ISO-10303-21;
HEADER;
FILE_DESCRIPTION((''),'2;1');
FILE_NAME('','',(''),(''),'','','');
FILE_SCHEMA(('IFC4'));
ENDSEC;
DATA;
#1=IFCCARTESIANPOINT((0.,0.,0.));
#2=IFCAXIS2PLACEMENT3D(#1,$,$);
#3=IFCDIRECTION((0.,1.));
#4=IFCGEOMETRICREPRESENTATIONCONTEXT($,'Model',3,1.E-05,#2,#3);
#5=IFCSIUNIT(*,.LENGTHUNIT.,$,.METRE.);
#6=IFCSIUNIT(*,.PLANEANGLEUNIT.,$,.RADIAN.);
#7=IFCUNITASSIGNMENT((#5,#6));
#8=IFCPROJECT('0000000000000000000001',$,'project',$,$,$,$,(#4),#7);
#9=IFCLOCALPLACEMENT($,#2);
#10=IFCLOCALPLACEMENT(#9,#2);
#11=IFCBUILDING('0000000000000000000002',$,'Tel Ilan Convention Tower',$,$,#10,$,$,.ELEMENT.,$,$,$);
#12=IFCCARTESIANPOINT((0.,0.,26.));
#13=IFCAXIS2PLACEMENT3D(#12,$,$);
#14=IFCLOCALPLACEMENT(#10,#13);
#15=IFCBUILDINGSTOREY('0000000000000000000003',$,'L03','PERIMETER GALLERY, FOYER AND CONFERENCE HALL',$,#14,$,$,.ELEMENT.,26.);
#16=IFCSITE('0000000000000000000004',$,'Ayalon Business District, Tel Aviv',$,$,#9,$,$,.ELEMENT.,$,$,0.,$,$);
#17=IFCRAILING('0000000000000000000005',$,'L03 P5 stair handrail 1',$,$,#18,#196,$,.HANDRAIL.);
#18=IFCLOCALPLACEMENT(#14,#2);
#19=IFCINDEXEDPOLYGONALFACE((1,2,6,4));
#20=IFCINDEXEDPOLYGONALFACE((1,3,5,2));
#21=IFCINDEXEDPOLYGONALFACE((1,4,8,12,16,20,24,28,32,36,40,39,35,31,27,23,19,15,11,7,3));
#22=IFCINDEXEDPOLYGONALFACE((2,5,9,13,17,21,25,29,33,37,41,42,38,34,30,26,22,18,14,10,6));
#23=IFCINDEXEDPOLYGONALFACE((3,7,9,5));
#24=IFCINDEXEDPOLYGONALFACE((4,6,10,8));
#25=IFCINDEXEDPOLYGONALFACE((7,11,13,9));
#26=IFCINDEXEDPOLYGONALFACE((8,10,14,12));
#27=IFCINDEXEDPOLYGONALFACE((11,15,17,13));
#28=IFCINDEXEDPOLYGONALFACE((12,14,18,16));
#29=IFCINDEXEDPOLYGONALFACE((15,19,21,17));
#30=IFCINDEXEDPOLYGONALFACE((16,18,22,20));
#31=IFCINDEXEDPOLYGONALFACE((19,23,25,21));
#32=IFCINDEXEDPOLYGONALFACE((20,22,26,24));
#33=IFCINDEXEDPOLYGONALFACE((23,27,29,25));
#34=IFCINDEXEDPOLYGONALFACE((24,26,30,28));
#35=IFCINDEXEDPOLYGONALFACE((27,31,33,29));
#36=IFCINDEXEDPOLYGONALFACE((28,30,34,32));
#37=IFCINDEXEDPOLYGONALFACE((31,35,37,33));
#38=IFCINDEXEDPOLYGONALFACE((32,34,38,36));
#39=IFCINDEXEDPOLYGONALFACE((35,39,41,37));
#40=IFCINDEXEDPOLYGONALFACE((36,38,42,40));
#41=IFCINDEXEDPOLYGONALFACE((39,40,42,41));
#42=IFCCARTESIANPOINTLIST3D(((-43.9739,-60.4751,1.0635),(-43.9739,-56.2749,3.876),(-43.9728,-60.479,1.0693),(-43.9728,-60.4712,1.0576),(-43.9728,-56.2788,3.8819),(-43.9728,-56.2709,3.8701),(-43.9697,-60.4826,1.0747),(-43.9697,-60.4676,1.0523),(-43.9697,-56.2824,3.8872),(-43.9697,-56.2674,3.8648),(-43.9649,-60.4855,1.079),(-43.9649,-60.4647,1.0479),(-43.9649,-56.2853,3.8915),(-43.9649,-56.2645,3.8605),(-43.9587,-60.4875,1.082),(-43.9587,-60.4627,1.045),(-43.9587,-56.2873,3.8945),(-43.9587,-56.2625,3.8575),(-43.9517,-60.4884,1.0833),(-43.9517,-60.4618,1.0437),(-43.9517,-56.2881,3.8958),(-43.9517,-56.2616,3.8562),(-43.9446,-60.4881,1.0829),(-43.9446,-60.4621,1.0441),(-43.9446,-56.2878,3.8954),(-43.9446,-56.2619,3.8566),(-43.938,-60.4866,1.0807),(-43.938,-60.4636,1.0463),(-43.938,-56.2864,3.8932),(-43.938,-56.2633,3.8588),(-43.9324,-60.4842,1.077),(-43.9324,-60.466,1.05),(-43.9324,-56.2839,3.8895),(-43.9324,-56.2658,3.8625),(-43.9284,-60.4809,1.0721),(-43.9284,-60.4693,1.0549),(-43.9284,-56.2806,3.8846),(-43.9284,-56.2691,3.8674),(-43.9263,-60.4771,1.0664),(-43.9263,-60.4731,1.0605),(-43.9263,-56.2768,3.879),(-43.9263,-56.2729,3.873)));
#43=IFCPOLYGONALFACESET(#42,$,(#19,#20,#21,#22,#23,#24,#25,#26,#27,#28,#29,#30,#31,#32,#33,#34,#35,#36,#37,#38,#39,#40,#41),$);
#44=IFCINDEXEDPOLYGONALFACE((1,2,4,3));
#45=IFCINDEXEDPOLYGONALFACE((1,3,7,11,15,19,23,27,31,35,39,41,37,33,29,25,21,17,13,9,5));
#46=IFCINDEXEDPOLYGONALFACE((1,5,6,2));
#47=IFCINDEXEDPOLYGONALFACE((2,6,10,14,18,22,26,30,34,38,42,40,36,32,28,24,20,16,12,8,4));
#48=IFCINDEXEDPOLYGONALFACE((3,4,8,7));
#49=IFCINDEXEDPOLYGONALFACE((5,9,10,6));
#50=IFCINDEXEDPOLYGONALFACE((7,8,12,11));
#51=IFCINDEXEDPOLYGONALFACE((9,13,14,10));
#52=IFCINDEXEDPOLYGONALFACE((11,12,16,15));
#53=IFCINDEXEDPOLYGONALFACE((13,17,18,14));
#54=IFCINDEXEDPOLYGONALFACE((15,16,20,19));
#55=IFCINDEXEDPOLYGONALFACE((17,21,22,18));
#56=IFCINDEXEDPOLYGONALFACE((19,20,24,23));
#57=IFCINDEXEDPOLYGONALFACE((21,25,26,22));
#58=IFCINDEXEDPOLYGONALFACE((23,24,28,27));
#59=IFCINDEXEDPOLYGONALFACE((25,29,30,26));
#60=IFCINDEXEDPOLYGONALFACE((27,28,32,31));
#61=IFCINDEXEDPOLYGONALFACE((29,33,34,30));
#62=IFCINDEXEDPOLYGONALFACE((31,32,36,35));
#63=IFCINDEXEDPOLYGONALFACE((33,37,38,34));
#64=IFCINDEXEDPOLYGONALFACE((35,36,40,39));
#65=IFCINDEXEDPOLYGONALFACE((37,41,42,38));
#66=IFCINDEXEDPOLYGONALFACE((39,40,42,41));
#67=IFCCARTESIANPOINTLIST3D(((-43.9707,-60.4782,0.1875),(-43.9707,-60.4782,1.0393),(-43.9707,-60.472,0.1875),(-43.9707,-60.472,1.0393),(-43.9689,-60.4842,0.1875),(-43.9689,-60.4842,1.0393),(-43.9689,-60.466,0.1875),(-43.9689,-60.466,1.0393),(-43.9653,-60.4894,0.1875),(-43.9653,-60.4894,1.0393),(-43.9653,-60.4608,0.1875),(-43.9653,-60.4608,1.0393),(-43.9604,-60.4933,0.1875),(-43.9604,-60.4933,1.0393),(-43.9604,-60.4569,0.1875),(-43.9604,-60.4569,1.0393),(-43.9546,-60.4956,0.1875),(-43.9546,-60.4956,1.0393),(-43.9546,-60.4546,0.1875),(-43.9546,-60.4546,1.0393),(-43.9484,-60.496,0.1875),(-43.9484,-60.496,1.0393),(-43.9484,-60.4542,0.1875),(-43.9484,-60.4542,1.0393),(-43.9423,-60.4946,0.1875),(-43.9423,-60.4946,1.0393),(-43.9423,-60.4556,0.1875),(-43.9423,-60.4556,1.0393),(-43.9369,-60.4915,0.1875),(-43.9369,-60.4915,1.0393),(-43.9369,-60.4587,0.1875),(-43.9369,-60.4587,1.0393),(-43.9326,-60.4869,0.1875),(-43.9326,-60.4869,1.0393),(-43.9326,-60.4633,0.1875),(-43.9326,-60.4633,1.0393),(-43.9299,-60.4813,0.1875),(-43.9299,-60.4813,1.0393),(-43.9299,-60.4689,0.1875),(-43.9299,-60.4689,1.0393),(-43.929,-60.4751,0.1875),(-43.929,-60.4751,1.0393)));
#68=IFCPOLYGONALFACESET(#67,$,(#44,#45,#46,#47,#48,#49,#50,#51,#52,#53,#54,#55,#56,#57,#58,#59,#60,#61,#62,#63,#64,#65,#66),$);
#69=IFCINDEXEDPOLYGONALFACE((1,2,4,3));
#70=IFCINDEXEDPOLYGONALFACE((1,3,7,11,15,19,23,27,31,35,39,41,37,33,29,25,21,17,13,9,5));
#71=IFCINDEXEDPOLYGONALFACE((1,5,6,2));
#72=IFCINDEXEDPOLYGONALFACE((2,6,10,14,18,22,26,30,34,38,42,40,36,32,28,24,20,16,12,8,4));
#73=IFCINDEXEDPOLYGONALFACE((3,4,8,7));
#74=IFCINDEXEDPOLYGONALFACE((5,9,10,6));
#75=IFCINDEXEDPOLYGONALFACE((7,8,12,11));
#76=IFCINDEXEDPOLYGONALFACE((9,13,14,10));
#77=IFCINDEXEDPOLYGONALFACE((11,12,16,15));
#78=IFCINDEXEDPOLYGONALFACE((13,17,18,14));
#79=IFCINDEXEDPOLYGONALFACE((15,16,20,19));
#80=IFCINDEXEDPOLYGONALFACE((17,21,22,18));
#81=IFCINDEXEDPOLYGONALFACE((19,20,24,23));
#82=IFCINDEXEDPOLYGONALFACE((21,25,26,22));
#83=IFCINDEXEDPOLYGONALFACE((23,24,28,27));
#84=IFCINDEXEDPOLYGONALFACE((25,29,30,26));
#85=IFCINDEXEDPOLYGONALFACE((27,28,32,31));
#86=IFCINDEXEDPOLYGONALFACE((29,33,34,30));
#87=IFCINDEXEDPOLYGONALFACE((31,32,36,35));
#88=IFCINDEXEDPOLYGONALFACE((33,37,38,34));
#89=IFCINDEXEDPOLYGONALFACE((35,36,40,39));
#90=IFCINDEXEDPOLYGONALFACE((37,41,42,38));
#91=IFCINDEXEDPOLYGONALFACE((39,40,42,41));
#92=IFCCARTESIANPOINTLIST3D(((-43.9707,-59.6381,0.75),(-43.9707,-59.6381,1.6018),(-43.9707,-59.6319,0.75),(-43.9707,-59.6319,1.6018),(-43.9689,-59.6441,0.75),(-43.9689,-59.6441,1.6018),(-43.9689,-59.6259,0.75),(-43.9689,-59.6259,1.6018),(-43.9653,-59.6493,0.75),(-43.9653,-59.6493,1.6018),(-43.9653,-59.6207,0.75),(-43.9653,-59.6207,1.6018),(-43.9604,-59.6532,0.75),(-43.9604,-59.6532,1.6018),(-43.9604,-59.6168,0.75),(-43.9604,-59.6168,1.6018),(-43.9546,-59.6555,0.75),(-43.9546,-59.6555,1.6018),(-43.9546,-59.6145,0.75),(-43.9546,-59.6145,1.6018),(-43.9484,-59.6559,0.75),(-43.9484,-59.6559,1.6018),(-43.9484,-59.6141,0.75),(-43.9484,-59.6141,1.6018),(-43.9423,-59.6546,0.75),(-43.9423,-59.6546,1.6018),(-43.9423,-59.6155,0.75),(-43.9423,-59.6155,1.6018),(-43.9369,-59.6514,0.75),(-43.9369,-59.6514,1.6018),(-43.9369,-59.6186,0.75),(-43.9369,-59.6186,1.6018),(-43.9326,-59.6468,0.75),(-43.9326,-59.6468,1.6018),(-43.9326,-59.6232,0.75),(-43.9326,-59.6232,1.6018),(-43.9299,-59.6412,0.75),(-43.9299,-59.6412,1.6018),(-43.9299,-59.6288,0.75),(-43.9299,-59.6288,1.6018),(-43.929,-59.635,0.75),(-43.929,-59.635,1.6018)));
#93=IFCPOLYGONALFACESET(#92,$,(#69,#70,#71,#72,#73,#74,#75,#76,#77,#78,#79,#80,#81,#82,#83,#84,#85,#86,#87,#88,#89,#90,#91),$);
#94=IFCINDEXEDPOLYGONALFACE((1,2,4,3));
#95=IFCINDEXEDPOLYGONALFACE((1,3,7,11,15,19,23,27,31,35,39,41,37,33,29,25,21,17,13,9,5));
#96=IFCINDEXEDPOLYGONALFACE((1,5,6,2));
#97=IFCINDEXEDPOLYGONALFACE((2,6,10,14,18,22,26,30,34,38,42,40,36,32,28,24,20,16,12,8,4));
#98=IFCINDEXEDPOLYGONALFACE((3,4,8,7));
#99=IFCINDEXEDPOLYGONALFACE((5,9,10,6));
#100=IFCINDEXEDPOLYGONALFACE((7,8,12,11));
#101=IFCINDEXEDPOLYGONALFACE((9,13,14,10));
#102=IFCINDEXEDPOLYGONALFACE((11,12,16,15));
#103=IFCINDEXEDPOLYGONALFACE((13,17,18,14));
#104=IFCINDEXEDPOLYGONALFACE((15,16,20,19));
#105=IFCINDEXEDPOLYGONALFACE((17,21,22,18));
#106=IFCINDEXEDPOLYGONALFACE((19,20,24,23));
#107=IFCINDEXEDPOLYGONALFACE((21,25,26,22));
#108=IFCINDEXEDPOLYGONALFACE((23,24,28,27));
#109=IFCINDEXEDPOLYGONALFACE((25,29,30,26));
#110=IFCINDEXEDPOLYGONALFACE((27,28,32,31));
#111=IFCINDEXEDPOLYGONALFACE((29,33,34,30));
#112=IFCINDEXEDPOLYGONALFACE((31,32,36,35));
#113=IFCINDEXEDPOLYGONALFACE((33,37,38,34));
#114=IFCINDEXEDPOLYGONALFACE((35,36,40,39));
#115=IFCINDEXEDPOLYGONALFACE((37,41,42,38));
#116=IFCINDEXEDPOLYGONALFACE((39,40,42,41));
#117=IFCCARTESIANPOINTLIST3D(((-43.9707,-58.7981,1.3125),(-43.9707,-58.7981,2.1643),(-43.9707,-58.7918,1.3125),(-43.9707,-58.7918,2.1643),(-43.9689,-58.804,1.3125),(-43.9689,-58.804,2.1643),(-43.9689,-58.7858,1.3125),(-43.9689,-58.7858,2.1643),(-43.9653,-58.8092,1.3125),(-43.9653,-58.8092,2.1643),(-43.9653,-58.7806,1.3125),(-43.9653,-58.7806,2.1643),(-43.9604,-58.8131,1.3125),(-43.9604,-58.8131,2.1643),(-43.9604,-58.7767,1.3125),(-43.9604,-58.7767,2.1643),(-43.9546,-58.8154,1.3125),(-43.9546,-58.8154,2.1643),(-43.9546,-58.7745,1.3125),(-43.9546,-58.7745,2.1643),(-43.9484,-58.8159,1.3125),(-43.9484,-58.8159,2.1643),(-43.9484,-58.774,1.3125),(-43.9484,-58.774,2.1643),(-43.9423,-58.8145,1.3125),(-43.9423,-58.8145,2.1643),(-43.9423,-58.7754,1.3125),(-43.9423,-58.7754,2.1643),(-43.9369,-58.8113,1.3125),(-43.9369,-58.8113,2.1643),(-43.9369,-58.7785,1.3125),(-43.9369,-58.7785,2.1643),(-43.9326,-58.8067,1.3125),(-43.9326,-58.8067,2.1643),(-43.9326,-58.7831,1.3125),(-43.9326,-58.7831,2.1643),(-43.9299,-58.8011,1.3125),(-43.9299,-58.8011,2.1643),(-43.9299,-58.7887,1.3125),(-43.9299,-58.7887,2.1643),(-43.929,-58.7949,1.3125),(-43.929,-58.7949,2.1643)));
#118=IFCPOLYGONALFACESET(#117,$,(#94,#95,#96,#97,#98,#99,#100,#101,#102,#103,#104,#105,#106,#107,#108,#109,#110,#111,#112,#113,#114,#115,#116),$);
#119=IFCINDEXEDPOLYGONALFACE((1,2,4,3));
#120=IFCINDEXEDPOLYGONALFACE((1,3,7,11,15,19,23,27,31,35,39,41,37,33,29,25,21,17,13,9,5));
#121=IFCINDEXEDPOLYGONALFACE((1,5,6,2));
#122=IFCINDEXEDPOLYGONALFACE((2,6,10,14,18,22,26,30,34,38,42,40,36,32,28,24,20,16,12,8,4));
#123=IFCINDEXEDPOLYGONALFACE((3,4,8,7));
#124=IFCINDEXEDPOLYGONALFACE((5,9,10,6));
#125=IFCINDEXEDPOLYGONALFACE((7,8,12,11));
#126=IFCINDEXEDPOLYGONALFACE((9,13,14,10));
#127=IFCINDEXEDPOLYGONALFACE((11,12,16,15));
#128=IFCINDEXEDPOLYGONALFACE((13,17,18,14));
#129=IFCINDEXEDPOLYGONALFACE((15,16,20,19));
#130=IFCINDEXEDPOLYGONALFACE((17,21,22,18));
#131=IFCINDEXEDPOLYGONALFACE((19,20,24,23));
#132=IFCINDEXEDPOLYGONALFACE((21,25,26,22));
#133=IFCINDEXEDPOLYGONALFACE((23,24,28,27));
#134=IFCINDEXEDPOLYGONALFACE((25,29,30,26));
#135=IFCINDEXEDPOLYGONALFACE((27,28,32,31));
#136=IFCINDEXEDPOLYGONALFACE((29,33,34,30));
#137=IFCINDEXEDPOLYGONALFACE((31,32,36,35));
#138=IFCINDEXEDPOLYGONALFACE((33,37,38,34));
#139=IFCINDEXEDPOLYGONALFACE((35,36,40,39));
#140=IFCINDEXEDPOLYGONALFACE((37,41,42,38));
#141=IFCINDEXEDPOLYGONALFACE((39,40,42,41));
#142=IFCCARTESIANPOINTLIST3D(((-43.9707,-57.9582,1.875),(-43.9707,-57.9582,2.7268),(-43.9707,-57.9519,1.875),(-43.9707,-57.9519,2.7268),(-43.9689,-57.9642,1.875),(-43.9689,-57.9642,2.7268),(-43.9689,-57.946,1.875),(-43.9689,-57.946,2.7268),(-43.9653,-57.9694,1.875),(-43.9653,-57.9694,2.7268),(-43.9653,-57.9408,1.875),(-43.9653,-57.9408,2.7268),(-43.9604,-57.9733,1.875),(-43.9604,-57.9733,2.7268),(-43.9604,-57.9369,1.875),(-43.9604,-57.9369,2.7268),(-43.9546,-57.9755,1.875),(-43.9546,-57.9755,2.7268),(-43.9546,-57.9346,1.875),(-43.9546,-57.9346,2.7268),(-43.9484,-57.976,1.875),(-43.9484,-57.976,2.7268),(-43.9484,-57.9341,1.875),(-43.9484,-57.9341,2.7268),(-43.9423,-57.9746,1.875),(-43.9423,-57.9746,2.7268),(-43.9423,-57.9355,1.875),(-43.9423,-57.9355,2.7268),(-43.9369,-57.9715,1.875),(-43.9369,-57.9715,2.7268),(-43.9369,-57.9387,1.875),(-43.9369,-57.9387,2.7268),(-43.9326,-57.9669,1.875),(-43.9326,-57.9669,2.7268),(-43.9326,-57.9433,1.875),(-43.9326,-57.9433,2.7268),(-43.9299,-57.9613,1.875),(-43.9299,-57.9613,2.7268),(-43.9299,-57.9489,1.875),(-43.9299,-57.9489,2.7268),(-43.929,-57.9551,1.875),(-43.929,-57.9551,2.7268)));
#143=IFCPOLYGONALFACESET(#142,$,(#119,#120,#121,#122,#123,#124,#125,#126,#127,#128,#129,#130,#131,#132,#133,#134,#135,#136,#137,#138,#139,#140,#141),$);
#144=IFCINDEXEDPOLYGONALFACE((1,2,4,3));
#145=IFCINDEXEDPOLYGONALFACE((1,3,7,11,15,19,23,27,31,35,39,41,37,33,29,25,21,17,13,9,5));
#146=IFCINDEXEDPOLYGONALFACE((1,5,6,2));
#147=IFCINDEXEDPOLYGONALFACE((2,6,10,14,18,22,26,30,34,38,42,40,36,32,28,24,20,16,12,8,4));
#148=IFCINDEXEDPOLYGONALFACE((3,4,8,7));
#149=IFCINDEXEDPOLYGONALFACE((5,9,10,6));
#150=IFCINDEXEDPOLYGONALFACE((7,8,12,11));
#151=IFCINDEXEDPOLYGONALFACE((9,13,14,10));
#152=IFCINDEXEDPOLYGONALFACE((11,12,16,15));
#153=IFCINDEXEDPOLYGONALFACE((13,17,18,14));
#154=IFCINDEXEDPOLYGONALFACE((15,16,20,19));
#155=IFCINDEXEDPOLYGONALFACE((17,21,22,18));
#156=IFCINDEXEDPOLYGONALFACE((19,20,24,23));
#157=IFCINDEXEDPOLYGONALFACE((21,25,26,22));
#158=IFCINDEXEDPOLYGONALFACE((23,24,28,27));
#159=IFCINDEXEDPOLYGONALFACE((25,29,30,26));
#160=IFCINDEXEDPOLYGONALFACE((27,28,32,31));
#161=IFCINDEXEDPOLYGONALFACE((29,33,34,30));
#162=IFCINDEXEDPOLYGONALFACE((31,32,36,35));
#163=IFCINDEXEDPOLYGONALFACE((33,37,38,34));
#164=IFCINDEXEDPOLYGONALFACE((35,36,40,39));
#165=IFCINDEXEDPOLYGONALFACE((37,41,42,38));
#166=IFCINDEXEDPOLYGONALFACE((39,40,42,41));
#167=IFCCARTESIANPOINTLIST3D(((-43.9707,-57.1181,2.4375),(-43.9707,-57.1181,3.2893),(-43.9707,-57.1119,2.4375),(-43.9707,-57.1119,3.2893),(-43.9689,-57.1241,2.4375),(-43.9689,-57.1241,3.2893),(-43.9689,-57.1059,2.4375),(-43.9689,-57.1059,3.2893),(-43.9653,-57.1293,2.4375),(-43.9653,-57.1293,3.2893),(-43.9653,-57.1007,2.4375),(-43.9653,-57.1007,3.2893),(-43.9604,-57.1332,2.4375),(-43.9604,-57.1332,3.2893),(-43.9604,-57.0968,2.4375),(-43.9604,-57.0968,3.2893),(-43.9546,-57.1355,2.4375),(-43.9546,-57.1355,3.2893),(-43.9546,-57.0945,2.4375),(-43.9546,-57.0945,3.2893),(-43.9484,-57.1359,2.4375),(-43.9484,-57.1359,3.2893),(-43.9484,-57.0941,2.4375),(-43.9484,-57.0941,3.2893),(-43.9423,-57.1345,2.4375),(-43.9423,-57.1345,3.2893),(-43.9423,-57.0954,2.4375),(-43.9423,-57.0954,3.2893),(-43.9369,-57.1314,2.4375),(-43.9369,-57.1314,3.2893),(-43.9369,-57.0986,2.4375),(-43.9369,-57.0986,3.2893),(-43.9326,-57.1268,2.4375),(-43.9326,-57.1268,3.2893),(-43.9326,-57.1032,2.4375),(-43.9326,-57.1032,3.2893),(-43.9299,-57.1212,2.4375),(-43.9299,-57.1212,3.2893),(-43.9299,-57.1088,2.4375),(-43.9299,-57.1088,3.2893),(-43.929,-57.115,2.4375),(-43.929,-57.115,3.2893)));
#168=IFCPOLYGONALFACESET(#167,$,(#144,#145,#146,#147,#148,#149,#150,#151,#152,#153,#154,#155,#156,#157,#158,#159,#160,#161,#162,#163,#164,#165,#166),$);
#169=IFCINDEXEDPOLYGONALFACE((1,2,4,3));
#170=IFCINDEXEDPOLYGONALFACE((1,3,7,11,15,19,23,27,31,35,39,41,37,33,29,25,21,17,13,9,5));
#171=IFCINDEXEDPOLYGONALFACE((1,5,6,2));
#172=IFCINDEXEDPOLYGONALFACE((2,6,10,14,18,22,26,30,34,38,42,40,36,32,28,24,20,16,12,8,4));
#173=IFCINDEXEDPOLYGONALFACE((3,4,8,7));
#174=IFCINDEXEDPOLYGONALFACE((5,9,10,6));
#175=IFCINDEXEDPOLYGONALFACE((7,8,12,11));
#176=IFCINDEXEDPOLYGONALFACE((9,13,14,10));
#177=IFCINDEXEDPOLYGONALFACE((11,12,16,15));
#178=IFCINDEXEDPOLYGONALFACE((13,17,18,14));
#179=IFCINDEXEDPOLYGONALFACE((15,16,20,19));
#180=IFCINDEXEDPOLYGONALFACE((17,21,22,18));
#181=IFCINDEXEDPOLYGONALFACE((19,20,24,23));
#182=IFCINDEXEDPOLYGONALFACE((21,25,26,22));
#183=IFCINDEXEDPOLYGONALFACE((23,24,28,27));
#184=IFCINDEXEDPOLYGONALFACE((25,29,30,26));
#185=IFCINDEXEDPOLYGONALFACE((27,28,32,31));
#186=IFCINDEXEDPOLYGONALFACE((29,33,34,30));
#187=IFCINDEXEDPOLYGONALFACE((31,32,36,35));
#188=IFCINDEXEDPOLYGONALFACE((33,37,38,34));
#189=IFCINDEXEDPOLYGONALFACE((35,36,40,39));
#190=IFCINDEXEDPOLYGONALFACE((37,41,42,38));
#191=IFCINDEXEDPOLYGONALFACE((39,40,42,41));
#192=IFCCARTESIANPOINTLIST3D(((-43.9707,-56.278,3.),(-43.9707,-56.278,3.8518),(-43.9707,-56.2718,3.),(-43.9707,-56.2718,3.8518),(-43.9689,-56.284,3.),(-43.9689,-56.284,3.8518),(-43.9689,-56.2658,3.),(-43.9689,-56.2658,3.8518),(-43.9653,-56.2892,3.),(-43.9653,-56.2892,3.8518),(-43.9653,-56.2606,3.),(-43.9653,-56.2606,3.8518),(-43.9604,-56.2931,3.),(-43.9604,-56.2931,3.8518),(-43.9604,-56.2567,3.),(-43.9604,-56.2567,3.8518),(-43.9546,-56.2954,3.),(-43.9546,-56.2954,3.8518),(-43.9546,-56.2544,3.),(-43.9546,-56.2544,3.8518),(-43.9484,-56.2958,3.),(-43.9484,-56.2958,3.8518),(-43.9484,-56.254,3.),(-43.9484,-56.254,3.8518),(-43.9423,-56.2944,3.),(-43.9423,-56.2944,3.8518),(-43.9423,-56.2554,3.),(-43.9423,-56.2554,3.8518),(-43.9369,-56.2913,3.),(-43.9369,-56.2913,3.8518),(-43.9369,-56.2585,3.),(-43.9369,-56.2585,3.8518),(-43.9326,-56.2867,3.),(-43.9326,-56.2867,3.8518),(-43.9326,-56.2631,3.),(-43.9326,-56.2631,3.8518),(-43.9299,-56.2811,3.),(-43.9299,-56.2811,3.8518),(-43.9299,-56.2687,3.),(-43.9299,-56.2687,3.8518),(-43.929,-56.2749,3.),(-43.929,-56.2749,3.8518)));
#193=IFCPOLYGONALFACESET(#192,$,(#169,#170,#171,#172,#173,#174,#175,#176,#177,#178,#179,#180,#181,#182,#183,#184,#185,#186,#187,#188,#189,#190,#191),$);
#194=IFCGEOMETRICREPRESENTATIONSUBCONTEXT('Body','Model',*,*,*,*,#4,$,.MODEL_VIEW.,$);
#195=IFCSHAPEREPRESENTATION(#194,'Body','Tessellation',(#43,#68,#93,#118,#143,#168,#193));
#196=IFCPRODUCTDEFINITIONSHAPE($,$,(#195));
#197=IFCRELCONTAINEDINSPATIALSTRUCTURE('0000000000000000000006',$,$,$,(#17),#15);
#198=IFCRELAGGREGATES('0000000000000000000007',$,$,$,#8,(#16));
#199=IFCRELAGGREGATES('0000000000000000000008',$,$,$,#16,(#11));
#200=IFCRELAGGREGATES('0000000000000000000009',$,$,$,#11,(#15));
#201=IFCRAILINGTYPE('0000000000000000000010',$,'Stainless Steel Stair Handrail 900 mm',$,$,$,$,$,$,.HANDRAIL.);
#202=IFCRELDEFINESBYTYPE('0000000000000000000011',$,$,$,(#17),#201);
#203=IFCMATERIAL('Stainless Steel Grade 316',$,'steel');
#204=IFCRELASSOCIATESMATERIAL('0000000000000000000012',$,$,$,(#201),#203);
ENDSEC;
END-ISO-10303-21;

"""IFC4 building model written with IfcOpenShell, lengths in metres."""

from ifc_helpers import new_model, si_unit, direction, frame, origin, origin_2d, place, context, subcontext, project, spatial, circle, extrude, material, type_object, element, save


model = new_model("IFC4")

# Units and contexts
model_context = context("Model", 3, precision=1e-05, world=origin(), true_north=direction((0.0, 1.0)))
body_context = subcontext(model_context, "Body", "Model", "MODEL_VIEW")
ifc_project = project(units=[si_unit("LENGTHUNIT", "METRE"), si_unit("PLANEANGLEUNIT", "RADIAN")], contexts=[model_context])

# Site, building, storey
site_placement = place(None, origin())
site = spatial("IfcSite", under=ifc_project, at=site_placement, Name="Ayalon Business District, Tel Aviv", CompositionType="ELEMENT", RefElevation=0.0)
building_placement = place(site_placement, origin())
building = spatial("IfcBuilding", under=site, at=building_placement, Name="Tel Ilan Convention Tower", CompositionType="ELEMENT")
storey_placement = place(building_placement, frame((0.0, 0.0, 26.0)))
storey = spatial("IfcBuildingStorey", under=building, at=storey_placement, Name="L03", Description="PERIMETER GALLERY, FOYER AND CONFERENCE HALL", CompositionType="ELEMENT", Elevation=26.0)

# Railing
ifc_material_1 = material(Name="Stainless Steel Grade 316", Category="steel")
railing_type_1 = type_object("IfcRailingType", Name="Stainless Steel Stair Handrail 900 mm", PredefinedType="HANDRAIL", material=ifc_material_1)
railing_1_placement = place(storey_placement, frame((-43.95, -60.4751, 0.1875)))
element("IfcRailing", 1, at=railing_1_placement, inside=storey, type_object=railing_type_1, Name="L03 P5 stair handrail 1", PredefinedType="HANDRAIL", context=body_context, shape_type="SweptSolid", body=[
    extrude(circle(Radius=0.0239, at=origin_2d()), frame((0.0, 0.0, 0.876), z_axis=(0.0, 0.830919, 0.556393), x_axis=(-1.0, 0.0, 0.0)), (0.0, 0.0, 1.0), 5.0549),
    extrude(circle(Radius=0.021, at=origin_2d()), origin(), (0.0, 0.0, 1.0), 0.8518),
    extrude(circle(Radius=0.021, at=origin_2d()), frame((0.0, 0.8401, 0.5625)), (0.0, 0.0, 1.0), 0.8518),
    extrude(circle(Radius=0.021, at=origin_2d()), frame((0.0, 1.6802, 1.125)), (0.0, 0.0, 1.0), 0.8518),
    extrude(circle(Radius=0.021, at=origin_2d()), frame((0.0, 2.52, 1.6875)), (0.0, 0.0, 1.0), 0.8518),
    extrude(circle(Radius=0.021, at=origin_2d()), frame((0.0, 3.3601, 2.25)), (0.0, 0.0, 1.0), 0.8518),
    extrude(circle(Radius=0.021, at=origin_2d()), frame((0.0, 4.2002, 2.8125)), (0.0, 0.0, 1.0), 0.8518),
])

save(model, "model.ifc")
